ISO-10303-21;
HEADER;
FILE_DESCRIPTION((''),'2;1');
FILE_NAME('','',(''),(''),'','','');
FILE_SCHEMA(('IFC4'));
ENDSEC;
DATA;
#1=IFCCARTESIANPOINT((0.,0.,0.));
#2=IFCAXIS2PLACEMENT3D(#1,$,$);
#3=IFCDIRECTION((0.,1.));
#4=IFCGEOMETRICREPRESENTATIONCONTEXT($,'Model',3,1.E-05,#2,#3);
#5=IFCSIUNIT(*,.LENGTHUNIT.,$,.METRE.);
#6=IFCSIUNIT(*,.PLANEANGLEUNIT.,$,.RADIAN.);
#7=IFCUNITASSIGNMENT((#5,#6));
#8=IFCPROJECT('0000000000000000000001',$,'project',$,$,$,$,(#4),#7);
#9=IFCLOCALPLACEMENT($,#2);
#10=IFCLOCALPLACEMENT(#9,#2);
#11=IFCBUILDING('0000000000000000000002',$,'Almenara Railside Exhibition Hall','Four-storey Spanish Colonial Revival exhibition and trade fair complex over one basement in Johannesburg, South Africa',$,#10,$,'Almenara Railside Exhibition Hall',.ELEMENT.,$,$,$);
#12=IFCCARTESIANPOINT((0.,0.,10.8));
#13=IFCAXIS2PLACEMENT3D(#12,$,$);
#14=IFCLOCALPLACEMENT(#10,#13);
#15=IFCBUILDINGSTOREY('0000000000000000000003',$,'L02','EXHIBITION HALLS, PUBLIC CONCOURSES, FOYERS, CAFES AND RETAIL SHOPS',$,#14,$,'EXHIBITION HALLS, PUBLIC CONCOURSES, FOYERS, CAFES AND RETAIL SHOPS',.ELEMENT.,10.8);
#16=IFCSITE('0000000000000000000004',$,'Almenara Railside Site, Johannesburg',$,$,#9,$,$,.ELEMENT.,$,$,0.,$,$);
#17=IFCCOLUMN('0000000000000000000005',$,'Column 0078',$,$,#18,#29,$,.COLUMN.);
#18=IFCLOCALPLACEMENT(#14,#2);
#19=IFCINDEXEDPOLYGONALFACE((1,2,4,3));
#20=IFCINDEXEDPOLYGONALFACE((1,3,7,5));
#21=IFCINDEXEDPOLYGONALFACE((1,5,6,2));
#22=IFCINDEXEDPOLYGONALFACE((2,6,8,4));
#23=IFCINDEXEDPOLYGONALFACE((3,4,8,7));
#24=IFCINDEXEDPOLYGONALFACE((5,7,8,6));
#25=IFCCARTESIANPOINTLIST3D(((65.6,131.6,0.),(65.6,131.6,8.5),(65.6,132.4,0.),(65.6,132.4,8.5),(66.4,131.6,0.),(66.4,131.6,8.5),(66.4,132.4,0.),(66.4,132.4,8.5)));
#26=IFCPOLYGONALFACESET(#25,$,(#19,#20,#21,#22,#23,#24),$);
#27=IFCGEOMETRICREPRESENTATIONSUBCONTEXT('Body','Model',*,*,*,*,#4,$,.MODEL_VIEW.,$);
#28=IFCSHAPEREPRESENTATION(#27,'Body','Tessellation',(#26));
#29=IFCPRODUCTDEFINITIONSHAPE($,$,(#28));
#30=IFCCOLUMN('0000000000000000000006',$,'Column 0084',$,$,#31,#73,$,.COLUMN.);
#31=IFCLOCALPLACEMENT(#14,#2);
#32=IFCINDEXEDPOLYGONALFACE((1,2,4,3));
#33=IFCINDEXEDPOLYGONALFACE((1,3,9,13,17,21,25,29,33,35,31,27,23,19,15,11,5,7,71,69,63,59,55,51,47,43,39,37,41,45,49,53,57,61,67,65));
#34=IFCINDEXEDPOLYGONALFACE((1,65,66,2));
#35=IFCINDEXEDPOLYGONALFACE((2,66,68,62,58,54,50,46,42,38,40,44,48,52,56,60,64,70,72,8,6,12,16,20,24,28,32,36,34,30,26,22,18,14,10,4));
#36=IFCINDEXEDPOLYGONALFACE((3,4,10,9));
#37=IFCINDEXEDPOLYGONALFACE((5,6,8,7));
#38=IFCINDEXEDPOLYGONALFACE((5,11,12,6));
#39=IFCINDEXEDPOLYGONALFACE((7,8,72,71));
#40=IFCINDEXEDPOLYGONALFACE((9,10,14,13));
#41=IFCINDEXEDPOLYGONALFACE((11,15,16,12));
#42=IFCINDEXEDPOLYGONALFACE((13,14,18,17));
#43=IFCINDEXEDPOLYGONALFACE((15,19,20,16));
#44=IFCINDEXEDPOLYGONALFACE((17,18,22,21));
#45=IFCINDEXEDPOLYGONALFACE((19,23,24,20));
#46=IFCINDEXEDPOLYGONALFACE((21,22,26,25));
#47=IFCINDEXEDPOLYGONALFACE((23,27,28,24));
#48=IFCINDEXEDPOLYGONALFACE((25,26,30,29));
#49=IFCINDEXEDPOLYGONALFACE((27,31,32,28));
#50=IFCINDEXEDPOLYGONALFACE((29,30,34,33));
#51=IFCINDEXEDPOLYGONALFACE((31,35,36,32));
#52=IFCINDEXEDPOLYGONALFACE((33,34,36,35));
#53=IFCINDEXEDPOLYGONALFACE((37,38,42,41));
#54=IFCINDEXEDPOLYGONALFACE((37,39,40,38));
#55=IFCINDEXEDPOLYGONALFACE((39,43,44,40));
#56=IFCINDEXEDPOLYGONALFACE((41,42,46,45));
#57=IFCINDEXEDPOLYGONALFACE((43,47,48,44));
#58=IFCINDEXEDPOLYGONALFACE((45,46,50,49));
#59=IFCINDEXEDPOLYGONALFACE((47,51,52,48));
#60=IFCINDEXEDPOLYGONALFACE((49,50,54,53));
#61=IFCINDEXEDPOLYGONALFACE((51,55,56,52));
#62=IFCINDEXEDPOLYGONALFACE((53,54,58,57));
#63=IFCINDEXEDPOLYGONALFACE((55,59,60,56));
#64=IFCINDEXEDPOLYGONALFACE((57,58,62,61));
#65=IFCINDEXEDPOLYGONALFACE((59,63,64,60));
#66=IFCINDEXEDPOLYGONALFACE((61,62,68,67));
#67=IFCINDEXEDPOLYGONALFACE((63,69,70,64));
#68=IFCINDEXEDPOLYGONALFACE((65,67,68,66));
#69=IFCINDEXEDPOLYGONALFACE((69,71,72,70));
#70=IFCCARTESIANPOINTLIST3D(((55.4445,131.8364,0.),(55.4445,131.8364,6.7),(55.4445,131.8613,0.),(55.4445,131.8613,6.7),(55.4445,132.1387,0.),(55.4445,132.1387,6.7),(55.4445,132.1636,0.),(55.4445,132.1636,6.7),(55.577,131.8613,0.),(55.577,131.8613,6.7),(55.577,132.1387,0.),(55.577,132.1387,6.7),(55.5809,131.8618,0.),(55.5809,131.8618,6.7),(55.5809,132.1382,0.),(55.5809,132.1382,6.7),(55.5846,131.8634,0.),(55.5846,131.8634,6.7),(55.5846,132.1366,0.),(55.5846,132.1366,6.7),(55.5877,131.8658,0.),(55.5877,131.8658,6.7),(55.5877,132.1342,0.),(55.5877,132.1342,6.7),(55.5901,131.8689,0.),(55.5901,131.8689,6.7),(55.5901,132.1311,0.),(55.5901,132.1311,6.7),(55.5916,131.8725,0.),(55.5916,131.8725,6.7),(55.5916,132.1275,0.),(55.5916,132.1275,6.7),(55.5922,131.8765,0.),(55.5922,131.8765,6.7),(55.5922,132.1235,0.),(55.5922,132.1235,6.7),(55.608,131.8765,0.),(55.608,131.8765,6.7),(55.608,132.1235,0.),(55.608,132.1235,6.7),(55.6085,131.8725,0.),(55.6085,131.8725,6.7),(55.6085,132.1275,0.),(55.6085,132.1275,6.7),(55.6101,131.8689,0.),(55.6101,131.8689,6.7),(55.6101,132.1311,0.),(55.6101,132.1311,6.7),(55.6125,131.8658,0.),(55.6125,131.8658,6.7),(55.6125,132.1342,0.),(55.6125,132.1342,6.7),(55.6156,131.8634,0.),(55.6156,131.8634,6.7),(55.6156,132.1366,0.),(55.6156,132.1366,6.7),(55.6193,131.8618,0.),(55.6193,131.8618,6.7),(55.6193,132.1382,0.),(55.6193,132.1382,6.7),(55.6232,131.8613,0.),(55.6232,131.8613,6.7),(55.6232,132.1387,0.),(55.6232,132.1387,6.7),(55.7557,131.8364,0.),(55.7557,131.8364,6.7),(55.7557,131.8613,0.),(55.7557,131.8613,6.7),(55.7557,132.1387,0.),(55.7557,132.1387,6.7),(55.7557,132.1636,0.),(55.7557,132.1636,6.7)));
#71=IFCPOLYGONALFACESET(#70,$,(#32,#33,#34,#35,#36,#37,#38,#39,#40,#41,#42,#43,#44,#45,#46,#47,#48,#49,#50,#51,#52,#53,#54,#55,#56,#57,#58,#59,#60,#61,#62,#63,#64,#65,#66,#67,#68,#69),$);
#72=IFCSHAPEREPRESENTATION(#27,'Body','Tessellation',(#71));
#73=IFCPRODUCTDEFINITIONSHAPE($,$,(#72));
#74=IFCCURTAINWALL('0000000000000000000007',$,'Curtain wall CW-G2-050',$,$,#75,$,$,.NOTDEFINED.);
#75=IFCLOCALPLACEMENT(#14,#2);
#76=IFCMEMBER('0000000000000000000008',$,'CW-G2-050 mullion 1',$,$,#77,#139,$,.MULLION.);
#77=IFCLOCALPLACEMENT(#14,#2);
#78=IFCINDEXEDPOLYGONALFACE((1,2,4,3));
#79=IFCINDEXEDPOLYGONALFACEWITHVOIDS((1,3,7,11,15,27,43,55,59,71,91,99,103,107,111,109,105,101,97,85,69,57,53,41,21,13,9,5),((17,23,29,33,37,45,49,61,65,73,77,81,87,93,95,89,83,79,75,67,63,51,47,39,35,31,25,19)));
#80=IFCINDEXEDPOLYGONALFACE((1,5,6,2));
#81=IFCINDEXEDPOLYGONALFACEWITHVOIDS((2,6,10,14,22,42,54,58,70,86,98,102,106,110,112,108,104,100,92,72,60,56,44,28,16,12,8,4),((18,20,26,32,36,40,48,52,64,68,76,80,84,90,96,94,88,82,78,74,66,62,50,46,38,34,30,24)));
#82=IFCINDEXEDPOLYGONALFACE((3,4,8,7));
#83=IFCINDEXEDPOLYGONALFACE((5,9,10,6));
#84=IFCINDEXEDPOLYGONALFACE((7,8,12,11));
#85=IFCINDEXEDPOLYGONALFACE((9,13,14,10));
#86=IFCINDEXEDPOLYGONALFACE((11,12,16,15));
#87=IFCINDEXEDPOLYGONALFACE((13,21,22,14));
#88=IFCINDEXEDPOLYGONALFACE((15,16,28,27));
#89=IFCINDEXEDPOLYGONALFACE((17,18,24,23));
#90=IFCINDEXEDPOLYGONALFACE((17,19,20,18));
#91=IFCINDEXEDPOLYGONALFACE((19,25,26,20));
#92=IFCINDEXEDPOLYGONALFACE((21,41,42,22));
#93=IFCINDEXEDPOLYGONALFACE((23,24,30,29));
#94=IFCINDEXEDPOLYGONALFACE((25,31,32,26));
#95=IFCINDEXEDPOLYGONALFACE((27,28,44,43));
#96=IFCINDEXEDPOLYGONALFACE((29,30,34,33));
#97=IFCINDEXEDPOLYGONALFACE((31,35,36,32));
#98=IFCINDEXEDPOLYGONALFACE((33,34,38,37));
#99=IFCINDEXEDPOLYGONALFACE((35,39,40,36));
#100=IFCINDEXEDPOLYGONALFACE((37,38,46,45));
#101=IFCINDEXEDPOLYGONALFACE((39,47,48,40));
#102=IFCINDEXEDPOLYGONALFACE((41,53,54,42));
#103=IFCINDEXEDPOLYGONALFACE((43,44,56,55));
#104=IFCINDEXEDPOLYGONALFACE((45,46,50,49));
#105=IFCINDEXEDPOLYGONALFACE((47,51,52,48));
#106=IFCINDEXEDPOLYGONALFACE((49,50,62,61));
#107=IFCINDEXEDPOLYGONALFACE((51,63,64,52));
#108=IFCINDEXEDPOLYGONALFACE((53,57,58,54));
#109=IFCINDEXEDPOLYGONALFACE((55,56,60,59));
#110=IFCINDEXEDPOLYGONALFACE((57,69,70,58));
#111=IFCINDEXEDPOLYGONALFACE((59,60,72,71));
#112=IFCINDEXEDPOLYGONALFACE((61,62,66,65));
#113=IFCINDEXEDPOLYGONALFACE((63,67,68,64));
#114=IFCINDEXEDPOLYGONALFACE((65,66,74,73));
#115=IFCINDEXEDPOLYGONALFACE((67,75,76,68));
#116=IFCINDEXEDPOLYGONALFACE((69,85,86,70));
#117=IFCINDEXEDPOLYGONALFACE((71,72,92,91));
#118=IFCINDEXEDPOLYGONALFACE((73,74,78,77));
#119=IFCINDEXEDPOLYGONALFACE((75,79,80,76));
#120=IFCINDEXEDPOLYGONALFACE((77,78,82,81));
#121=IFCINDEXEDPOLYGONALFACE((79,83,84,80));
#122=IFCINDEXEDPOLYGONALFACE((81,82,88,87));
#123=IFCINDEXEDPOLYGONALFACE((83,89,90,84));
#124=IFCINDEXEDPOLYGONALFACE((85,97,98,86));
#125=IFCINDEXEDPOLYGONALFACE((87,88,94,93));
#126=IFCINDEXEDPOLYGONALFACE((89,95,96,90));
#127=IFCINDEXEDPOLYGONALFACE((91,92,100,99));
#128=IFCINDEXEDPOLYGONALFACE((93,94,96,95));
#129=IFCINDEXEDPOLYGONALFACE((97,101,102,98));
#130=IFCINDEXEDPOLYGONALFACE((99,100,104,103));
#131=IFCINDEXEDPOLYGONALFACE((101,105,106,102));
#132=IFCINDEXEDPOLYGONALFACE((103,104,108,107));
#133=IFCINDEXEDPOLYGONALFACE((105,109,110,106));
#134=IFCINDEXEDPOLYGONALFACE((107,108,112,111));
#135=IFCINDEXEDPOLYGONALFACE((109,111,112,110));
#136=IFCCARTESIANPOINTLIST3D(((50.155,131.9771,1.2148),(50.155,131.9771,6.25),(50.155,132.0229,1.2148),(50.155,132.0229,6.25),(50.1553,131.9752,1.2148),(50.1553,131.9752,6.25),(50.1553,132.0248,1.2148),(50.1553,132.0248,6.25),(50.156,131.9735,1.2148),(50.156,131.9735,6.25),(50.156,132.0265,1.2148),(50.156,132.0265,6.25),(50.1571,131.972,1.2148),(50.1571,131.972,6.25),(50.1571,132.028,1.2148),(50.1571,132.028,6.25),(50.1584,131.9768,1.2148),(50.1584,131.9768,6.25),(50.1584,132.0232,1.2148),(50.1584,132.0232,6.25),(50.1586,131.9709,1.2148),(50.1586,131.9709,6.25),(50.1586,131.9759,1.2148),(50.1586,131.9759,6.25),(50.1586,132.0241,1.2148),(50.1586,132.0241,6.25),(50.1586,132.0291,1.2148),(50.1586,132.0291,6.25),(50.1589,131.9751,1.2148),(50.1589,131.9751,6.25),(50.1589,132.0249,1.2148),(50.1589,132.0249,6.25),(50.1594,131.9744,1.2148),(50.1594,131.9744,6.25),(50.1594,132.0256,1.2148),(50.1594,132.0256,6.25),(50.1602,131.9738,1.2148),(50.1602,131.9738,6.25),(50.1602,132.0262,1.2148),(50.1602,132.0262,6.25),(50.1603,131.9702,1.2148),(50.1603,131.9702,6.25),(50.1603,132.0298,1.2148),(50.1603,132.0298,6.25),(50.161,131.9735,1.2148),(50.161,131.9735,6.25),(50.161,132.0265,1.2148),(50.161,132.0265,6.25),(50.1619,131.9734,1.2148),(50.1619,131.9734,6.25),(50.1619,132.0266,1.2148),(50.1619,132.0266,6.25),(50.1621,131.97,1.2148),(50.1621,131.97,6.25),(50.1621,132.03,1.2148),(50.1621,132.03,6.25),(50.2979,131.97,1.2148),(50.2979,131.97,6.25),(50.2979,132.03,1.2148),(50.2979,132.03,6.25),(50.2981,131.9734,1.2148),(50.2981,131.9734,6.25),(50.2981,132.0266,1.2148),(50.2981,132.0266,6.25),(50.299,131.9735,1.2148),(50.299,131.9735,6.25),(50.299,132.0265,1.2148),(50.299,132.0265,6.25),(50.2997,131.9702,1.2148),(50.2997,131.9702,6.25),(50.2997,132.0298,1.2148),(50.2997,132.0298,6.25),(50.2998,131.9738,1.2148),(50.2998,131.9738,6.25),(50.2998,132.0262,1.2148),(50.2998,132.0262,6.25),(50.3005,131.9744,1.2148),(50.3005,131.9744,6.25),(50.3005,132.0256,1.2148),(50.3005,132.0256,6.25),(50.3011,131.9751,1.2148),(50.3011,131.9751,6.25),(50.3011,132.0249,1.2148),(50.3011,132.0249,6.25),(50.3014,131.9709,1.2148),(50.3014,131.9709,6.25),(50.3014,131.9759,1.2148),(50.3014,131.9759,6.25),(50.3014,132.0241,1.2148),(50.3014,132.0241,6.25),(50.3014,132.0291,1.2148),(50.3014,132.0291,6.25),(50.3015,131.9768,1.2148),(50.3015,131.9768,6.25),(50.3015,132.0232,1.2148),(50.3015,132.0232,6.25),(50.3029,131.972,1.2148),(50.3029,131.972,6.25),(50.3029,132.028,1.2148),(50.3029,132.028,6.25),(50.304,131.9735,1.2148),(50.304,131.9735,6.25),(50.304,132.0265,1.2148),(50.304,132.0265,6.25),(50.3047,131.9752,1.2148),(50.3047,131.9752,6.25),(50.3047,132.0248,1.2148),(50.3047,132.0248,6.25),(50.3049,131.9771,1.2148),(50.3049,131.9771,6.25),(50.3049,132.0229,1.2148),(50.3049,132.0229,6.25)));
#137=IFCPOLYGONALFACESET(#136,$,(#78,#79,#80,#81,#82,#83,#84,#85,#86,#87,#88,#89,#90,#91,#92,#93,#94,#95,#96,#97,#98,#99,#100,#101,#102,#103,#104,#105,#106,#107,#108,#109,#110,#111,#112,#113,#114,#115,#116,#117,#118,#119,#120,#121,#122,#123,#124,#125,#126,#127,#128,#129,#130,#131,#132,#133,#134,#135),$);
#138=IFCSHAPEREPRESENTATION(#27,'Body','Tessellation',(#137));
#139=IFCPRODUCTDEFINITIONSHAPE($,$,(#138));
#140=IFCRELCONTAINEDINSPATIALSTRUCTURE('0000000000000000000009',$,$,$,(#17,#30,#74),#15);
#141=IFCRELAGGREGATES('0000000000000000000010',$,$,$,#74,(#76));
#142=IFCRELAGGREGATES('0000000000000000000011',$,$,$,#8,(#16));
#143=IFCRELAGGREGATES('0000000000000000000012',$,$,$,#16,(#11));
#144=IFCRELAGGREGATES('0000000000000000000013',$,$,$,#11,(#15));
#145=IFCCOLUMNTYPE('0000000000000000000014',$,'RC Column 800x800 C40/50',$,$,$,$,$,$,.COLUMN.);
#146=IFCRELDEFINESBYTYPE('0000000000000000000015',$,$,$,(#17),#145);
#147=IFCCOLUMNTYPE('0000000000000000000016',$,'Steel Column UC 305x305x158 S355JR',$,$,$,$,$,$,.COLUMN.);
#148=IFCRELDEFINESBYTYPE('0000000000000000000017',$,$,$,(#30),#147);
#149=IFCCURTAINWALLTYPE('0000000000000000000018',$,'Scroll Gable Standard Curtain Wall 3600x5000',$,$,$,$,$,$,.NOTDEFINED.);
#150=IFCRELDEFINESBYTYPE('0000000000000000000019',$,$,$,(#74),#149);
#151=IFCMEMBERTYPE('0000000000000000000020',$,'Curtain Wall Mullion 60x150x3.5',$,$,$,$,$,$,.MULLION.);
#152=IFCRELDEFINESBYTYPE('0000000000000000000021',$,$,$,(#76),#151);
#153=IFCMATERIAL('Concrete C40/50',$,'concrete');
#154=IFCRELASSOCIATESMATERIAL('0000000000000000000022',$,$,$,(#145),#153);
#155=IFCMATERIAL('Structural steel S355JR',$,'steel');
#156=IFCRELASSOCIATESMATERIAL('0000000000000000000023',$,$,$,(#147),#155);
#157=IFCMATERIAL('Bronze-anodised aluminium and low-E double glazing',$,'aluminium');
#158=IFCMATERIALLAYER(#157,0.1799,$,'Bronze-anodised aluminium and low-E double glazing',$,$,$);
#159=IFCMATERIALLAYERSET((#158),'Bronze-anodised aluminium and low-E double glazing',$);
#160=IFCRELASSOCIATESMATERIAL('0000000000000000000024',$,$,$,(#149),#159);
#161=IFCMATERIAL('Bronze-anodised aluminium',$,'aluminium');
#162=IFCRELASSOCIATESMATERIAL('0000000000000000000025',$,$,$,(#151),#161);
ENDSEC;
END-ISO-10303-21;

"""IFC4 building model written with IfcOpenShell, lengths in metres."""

from ifc_helpers import new_model, si_unit, direction, frame, origin, origin_2d, place, context, subcontext, project, spatial, rectangle, hollow_rectangle, i_section, extrude, material, layer, layer_set, material_profile, profile_set, type_object, element, aggregate, save


model = new_model("IFC4")

# Units and contexts
model_context = context("Model", 3, precision=1e-05, world=origin(), true_north=direction((0.0, 1.0)))
body_context = subcontext(model_context, "Body", "Model", "MODEL_VIEW")
ifc_project = project(units=[si_unit("LENGTHUNIT", "METRE"), si_unit("PLANEANGLEUNIT", "RADIAN")], contexts=[model_context])

# Site, building, storey
site_placement = place(None, origin())
site = spatial("IfcSite", under=ifc_project, at=site_placement, Name="Almenara Railside Site, Johannesburg", CompositionType="ELEMENT", RefElevation=0.0)
building_placement = place(site_placement, origin())
building = spatial("IfcBuilding", under=site, at=building_placement, Name="Almenara Railside Exhibition Hall", Description="Four-storey Spanish Colonial Revival exhibition and trade fair complex over one basement in Johannesburg, South Africa", LongName="Almenara Railside Exhibition Hall", CompositionType="ELEMENT")
storey_placement = place(building_placement, frame((0.0, 0.0, 10.8)))
storey = spatial("IfcBuildingStorey", under=building, at=storey_placement, Name="L02", Description="EXHIBITION HALLS, PUBLIC CONCOURSES, FOYERS, CAFES AND RETAIL SHOPS", LongName="EXHIBITION HALLS, PUBLIC CONCOURSES, FOYERS, CAFES AND RETAIL SHOPS", CompositionType="ELEMENT", Elevation=10.8)

# Columns
ifc_material_1 = material(Name="Concrete C40/50", Category="concrete")
ifc_material_profile_1 = material_profile(ifc_material_1, rectangle(XDim=0.8, YDim=0.8, at=origin_2d()), Name="RC 800x800")
ifc_profile_set_1 = profile_set([ifc_material_profile_1], Name="Concrete C40/50")
column_type_1 = type_object("IfcColumnType", Name="RC Column 800x800 C40/50", PredefinedType="COLUMN", material=ifc_profile_set_1)
column_1_placement = place(storey_placement, frame((66.0, 132.0, 0.0), z_axis=(0.0, 0.0, 1.0), x_axis=(1.0, 0.0, 0.0)))
element("IfcColumn", 1, at=column_1_placement, inside=storey, type_object=column_type_1, Name="Column 0078", PredefinedType="COLUMN", context=body_context, shape_type="SweptSolid", body=[
    extrude(rectangle(XDim=0.8, YDim=0.8, at=origin_2d()), origin(), (0.0, 0.0, 1.0), 8.5),
])
ifc_material_2 = material(Name="Structural steel S355JR", Category="steel")
ifc_material_profile_2 = material_profile(ifc_material_2, i_section(OverallWidth=0.3113, OverallDepth=0.3271, WebThickness=0.0159, FlangeThickness=0.0249, FilletRadius=0.0151, at=origin_2d()), Name="UC 305x305x158")
ifc_profile_set_2 = profile_set([ifc_material_profile_2], Name="Structural steel S355JR")
column_type_2 = type_object("IfcColumnType", Name="Steel Column UC 305x305x158 S355JR", PredefinedType="COLUMN", material=ifc_profile_set_2)
column_2_placement = place(storey_placement, frame((55.6001, 132.0, 0.0), z_axis=(0.0, 0.0, 1.0), x_axis=(1.0, 0.0, 0.0)))
element("IfcColumn", 2, at=column_2_placement, inside=storey, type_object=column_type_2, Name="Column 0084", PredefinedType="COLUMN", context=body_context, shape_type="SweptSolid", body=[
    extrude(i_section(OverallWidth=0.3113, OverallDepth=0.3271, WebThickness=0.0159, FlangeThickness=0.0249, FilletRadius=0.0151, at=origin_2d()), origin(), (0.0, 0.0, 1.0), 6.7),
])

# Curtain wall, member
ifc_material_3 = material(Name="Bronze-anodised aluminium and low-E double glazing", Category="aluminium")
ifc_layer_1 = layer(ifc_material_3, 0.1799, Name="Bronze-anodised aluminium and low-E double glazing")
ifc_layer_set_1 = layer_set([ifc_layer_1], Name="Bronze-anodised aluminium and low-E double glazing")
curtain_wall_type_1 = type_object("IfcCurtainWallType", Name="Scroll Gable Standard Curtain Wall 3600x5000", PredefinedType="NOTDEFINED", material=ifc_layer_set_1)
curtain_wall_1_placement = place(storey_placement, origin())
curtain_wall_1 = element("IfcCurtainWall", 3, at=curtain_wall_1_placement, inside=storey, type_object=curtain_wall_type_1, Name="Curtain wall CW-G2-050", PredefinedType="NOTDEFINED")
ifc_material_4 = material(Name="Bronze-anodised aluminium", Category="aluminium")
ifc_material_profile_3 = material_profile(ifc_material_4, hollow_rectangle(XDim=0.0601, YDim=0.1499, WallThickness=0.0034, InnerFilletRadius=0.0034, OuterFilletRadius=0.0071, at=origin_2d()), Name="ALU-MUL 60x150x3.5")
ifc_profile_set_3 = profile_set([ifc_material_profile_3], Name="Bronze-anodised aluminium")
member_type_1 = type_object("IfcMemberType", Name="Curtain Wall Mullion 60x150x3.5", PredefinedType="MULLION", material=ifc_profile_set_3)
member_1_placement = place(storey_placement, frame((50.23, 132.0, 1.2148), z_axis=(0.0, 0.0, 1.0), x_axis=(0.0, 1.0, 0.0)))
member_1 = element("IfcMember", 4, at=member_1_placement, type_object=member_type_1, Name="CW-G2-050 mullion 1", PredefinedType="MULLION", context=body_context, shape_type="SweptSolid", body=[
    extrude(hollow_rectangle(XDim=0.0601, YDim=0.1499, WallThickness=0.0034, InnerFilletRadius=0.0034, OuterFilletRadius=0.0071, at=origin_2d()), origin(), (0.0, 0.0, 1.0), 5.0352),
])

aggregate(curtain_wall_1, [member_1])

save(model, "model.ifc")
